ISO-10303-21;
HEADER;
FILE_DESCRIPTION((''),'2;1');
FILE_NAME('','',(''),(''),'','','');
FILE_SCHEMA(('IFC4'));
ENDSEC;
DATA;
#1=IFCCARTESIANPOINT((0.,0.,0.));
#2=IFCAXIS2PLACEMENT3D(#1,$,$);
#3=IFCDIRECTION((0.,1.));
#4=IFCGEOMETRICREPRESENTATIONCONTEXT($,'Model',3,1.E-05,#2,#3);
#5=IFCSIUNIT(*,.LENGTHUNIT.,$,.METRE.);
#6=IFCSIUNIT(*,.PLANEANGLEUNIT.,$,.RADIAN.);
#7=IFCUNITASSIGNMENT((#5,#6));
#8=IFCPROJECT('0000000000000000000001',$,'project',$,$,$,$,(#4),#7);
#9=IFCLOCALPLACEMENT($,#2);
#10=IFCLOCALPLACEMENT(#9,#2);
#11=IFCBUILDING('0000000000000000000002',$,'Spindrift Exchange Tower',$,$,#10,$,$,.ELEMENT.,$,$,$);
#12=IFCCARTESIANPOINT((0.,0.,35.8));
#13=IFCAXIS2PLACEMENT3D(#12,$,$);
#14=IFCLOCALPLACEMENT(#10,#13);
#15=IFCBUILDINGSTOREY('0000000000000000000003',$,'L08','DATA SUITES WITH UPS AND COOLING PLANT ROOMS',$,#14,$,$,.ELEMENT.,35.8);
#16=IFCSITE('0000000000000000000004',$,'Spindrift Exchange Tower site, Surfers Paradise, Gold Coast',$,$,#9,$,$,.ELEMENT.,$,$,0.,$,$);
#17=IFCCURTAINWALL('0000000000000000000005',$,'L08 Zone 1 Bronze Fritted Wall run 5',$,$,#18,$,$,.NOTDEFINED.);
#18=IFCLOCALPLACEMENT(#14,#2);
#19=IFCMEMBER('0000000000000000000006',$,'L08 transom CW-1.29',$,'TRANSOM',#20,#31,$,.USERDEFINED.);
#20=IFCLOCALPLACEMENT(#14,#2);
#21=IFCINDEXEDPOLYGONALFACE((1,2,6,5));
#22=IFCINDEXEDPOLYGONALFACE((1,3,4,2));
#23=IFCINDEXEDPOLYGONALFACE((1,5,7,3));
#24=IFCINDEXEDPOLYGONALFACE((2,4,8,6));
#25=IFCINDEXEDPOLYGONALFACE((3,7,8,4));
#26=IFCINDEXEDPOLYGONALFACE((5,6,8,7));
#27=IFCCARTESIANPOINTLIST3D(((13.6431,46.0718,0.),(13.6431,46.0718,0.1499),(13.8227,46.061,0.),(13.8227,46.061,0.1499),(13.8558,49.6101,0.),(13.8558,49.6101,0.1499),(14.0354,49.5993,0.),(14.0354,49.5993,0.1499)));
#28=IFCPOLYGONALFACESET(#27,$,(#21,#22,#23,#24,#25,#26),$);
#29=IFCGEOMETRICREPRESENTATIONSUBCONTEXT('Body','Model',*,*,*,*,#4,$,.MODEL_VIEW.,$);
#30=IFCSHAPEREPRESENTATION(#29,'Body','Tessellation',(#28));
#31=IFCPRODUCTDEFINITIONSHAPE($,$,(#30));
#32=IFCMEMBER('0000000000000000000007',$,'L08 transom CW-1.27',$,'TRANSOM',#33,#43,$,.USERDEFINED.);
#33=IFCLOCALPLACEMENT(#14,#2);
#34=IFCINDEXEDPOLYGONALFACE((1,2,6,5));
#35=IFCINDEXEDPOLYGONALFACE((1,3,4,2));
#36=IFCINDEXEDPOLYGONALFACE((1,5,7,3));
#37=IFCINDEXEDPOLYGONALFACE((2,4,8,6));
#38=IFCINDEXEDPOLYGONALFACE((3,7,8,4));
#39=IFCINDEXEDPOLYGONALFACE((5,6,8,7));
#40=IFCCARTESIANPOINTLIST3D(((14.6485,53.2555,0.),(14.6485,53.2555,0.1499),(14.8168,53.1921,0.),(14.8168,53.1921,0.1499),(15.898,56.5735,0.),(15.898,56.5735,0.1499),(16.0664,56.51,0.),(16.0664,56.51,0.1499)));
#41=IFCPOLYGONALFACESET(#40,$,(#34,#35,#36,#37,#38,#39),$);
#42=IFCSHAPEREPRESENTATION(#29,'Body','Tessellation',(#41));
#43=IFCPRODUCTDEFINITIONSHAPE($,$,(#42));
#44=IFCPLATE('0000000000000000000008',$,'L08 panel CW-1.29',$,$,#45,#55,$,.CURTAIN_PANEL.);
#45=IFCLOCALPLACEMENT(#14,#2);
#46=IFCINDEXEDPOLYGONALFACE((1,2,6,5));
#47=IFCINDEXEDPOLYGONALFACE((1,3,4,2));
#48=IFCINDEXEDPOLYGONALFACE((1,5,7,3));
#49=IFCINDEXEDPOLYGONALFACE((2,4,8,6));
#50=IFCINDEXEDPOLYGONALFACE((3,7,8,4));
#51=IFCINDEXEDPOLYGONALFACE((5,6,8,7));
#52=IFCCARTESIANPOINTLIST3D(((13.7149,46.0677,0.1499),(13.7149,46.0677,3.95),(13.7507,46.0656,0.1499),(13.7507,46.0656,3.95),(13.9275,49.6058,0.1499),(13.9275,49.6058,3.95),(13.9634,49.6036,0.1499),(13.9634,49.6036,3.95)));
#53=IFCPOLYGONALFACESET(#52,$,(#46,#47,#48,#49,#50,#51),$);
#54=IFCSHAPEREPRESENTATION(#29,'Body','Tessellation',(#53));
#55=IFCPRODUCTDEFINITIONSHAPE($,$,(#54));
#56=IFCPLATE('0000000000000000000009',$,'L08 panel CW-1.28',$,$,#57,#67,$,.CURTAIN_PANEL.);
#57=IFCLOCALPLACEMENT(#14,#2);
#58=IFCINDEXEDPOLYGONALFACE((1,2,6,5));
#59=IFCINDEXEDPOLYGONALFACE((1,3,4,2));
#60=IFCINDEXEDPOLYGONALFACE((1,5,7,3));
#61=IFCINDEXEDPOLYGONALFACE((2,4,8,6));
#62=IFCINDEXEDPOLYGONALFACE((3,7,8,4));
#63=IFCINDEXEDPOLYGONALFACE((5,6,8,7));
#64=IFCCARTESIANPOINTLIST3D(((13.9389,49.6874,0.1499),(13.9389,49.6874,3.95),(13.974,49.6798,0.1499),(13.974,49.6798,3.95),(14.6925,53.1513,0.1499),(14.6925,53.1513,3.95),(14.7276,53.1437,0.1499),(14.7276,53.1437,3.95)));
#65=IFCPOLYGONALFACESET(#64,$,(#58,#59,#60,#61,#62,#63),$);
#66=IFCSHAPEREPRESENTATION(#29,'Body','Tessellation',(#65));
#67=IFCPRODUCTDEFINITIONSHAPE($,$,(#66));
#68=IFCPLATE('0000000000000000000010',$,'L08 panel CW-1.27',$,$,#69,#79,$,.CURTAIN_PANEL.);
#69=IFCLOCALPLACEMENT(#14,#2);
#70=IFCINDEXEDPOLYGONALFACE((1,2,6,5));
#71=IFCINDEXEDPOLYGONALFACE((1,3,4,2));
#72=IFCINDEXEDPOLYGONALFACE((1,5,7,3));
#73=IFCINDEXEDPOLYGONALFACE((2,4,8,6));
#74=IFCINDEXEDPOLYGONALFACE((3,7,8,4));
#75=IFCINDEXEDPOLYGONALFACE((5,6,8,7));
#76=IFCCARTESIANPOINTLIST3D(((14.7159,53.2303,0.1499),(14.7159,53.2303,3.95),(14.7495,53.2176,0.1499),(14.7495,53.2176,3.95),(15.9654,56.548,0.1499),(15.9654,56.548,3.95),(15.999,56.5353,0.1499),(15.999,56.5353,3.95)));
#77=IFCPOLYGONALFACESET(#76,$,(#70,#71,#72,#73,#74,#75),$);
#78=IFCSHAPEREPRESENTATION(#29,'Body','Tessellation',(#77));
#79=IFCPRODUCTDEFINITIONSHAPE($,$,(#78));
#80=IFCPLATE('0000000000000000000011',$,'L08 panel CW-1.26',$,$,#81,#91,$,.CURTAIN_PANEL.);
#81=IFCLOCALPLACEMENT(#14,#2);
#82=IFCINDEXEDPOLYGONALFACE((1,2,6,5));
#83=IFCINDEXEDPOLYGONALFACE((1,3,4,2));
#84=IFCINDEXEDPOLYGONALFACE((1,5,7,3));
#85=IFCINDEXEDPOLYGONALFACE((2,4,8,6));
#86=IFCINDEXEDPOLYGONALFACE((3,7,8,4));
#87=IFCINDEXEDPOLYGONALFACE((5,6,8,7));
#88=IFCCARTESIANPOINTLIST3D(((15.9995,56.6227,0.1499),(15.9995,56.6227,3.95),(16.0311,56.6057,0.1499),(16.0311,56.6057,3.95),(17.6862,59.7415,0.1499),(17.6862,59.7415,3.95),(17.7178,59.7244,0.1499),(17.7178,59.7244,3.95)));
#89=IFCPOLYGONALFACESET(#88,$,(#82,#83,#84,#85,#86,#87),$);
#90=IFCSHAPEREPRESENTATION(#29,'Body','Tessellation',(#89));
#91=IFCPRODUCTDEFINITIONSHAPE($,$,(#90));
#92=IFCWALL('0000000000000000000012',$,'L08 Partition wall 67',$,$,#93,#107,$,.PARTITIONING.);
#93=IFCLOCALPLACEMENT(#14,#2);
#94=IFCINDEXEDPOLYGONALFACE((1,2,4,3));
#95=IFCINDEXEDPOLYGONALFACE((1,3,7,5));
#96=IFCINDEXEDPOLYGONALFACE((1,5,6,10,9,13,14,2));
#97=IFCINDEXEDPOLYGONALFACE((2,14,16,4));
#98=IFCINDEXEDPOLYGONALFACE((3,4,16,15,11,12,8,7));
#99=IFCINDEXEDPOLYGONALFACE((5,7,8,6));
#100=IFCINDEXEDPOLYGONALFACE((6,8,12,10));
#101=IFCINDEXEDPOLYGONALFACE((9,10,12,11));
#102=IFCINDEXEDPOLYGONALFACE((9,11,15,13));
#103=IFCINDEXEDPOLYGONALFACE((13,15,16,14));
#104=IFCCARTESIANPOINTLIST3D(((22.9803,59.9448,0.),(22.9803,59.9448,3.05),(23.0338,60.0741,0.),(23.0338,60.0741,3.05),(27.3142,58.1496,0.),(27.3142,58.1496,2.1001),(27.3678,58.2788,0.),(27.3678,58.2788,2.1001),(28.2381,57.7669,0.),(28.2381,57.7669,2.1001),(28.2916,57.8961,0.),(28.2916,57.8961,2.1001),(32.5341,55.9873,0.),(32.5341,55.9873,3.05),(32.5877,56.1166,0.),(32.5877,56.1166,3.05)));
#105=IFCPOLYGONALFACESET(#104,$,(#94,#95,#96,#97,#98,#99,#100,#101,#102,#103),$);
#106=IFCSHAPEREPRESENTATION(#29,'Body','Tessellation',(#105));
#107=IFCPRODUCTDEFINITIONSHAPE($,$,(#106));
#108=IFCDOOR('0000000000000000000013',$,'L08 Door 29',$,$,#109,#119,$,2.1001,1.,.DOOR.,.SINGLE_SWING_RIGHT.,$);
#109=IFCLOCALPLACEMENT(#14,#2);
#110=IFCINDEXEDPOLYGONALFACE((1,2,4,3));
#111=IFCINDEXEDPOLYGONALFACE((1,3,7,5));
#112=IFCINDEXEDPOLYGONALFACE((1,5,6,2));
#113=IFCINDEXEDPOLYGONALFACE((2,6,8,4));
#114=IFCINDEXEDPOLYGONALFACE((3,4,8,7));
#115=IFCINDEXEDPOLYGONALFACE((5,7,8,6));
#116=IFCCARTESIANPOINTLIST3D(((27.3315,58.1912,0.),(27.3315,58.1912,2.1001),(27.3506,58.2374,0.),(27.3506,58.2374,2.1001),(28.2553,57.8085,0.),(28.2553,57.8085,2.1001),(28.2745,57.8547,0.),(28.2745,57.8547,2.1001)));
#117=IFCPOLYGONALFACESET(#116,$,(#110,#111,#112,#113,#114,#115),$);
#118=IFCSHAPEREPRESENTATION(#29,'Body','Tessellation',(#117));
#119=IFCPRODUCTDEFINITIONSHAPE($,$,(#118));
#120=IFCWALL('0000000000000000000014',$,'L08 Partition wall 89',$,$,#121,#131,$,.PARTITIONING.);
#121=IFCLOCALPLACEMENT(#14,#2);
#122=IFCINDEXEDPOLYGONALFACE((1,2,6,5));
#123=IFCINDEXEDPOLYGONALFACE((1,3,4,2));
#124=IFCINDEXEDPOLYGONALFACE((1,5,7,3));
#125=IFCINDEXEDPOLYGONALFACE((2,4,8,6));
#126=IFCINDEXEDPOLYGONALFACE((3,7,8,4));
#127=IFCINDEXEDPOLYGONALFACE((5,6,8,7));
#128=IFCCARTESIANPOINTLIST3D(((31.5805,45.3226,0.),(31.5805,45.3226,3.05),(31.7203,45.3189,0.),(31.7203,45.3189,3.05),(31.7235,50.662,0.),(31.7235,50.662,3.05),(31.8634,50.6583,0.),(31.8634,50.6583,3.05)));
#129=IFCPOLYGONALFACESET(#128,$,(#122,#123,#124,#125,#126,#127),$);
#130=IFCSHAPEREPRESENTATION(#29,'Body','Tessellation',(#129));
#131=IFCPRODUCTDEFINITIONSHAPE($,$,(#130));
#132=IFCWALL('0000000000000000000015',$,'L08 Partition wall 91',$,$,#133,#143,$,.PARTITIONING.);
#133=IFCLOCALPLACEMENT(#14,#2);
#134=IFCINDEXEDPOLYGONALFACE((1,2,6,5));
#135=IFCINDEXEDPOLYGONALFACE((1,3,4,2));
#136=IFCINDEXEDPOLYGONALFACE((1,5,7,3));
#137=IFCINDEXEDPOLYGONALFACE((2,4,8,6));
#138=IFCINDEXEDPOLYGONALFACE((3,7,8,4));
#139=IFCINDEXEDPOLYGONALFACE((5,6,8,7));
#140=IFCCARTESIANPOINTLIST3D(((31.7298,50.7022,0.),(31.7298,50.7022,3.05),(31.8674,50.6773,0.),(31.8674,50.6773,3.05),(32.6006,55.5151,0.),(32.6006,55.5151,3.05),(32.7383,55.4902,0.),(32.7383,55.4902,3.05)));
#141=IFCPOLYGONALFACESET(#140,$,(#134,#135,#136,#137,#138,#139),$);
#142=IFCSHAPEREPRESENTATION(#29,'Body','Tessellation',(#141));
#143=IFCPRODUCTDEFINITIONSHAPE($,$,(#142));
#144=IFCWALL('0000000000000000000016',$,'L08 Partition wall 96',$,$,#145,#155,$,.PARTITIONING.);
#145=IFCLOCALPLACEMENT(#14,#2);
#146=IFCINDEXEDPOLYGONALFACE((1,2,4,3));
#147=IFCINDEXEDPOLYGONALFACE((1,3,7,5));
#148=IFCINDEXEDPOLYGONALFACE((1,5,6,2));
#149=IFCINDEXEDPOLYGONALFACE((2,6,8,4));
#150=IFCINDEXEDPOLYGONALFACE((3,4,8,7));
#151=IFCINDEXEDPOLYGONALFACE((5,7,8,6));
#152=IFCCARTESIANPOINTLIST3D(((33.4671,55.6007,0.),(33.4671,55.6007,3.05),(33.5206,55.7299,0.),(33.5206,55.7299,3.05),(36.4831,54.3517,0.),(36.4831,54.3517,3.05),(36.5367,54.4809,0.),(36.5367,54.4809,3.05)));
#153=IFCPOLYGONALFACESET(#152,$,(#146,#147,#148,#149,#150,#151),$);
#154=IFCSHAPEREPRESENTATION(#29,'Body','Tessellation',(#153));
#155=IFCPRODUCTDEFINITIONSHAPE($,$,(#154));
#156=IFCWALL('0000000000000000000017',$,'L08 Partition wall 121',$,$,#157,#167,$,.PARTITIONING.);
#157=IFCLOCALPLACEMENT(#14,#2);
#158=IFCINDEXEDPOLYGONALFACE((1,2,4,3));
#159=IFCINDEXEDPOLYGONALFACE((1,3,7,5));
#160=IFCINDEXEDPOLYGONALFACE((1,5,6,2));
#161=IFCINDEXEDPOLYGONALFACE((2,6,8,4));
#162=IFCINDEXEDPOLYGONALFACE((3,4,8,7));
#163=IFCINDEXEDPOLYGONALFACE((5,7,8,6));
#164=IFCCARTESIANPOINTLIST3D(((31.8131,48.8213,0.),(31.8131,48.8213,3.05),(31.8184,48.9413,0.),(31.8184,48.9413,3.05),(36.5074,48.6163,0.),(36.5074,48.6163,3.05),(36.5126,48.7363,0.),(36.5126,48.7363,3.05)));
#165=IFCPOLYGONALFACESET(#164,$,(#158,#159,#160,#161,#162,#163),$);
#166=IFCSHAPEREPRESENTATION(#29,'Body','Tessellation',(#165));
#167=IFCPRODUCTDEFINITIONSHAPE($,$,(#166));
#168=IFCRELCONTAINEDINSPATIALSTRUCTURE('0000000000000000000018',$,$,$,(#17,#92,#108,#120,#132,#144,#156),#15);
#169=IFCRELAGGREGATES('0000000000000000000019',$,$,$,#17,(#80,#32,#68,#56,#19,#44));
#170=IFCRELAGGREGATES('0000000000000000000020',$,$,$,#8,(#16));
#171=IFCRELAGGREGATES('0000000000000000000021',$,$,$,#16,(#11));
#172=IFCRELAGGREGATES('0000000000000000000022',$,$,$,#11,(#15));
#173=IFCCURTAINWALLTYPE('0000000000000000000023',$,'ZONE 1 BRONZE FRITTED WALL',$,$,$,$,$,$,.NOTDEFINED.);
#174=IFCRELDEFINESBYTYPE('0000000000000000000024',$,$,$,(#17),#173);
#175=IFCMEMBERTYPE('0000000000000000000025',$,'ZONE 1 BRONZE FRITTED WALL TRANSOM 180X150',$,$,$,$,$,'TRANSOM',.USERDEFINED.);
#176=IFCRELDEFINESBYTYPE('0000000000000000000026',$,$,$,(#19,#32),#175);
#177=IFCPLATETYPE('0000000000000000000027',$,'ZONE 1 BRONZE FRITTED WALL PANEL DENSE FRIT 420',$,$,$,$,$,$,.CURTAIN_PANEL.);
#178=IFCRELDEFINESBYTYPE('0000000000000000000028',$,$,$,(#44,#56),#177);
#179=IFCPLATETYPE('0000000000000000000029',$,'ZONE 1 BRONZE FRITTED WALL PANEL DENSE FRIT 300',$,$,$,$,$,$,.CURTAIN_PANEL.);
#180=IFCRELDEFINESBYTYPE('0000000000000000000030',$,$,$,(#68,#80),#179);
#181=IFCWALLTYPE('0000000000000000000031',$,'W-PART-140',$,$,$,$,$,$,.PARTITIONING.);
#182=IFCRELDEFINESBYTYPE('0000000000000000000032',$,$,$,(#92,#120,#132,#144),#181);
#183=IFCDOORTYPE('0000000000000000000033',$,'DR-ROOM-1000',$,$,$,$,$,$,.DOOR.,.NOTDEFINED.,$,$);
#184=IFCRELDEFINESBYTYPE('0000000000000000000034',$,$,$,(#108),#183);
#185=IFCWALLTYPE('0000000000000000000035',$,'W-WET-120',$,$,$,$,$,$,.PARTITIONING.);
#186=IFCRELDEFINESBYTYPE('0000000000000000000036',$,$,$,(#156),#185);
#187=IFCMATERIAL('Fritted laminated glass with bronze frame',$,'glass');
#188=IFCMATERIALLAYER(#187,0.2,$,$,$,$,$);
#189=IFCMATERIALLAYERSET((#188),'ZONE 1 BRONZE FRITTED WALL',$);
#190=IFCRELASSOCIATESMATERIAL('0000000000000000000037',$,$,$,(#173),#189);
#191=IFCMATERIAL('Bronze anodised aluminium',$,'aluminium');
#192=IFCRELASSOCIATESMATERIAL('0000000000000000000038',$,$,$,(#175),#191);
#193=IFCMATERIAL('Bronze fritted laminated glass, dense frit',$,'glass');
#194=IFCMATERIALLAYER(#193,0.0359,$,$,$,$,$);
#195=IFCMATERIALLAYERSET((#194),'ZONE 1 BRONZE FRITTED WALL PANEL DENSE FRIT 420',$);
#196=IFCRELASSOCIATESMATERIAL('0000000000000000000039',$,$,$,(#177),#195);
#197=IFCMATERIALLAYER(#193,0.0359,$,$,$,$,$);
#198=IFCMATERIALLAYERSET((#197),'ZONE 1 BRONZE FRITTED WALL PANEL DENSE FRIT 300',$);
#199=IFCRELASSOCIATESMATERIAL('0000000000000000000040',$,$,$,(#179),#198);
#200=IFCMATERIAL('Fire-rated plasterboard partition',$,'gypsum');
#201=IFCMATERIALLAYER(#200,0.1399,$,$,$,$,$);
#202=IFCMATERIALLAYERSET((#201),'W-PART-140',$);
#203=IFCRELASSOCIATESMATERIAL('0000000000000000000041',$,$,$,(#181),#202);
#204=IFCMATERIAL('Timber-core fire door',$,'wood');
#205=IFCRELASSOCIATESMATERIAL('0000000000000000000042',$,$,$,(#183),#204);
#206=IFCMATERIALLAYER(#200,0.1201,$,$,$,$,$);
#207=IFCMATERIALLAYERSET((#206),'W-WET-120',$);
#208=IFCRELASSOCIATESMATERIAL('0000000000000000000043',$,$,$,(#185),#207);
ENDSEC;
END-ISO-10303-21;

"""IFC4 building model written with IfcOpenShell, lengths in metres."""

from ifc_helpers import new_model, si_unit, direction, frame, frame_2d, origin, origin_2d, place, context, subcontext, project, spatial, rectangle, extrude, source, transform, mapped, material, layer, layer_set, material_profile, profile_set, type_object, element, fill, aggregate, save


model = new_model("IFC4")

# Units and contexts
model_context = context("Model", 3, precision=1e-05, world=origin(), true_north=direction((0.0, 1.0)))
body_context = subcontext(model_context, "Body", "Model", "MODEL_VIEW")
ifc_project = project(units=[si_unit("LENGTHUNIT", "METRE"), si_unit("PLANEANGLEUNIT", "RADIAN")], contexts=[model_context])

# Site, building, storey
site_placement = place(None, origin())
site = spatial("IfcSite", under=ifc_project, at=site_placement, Name="Spindrift Exchange Tower site, Surfers Paradise, Gold Coast", CompositionType="ELEMENT", RefElevation=0.0)
building_placement = place(site_placement, origin())
building = spatial("IfcBuilding", under=site, at=building_placement, Name="Spindrift Exchange Tower", CompositionType="ELEMENT")
storey_placement = place(building_placement, frame((0.0, 0.0, 35.8)))
storey = spatial("IfcBuildingStorey", under=building, at=storey_placement, Name="L08", Description="DATA SUITES WITH UPS AND COOLING PLANT ROOMS", CompositionType="ELEMENT", Elevation=35.8)

# Curtain wall, members, plates
ifc_material_1 = material(Name="Fritted laminated glass with bronze frame", Category="glass")
ifc_layer_1 = layer(ifc_material_1, 0.2)
ifc_layer_set_1 = layer_set([ifc_layer_1], Name="ZONE 1 BRONZE FRITTED WALL")
curtain_wall_type = type_object("IfcCurtainWallType", Name="ZONE 1 BRONZE FRITTED WALL", PredefinedType="NOTDEFINED", material=ifc_layer_set_1)
curtain_wall_placement = place(storey_placement, origin())
curtain_wall = element("IfcCurtainWall", 1, at=curtain_wall_placement, inside=storey, type_object=curtain_wall_type, Name="L08 Zone 1 Bronze Fritted Wall run 5", PredefinedType="NOTDEFINED")
ifc_material_2 = material(Name="Bronze anodised aluminium", Category="aluminium")
ifc_material_profile_1 = material_profile(ifc_material_2, rectangle(XDim=0.1799, YDim=0.1499, at=origin_2d()), Name="ZONE 1 BRONZE FRITTED WALL TRANSOM 180X150")
ifc_profile_set_1 = profile_set([ifc_material_profile_1], Name="Bronze anodised aluminium")
member_type_1 = type_object("IfcMemberType", Name="ZONE 1 BRONZE FRITTED WALL TRANSOM 180X150", ElementType="TRANSOM", PredefinedType="USERDEFINED", material=ifc_profile_set_1)
shared_shape_1 = source(origin(), body_context, "Body", "SweptSolid", [
    extrude(rectangle(XDim=0.1799, YDim=0.1499, at=origin_2d()), origin(), (0.0, 0.0, 1.0), 3.5447),
])
member_1_placement = place(storey_placement, frame((13.9456, 49.6047, 0.075), z_axis=(-0.05999, -0.998199, 0.0), x_axis=(0.998199, -0.05999, 0.0)))
member_1 = element("IfcMember", 2, at=member_1_placement, type_object=member_type_1, Name="L08 transom CW-1.29", ObjectType="TRANSOM", PredefinedType="USERDEFINED", context=body_context, shape_type="MappedRepresentation", body=[
    mapped(shared_shape_1, transform((0.0, 0.0, 0.0), scale=1.0)),
])
shared_shape_2 = source(origin(), body_context, "Body", "SweptSolid", [
    extrude(rectangle(XDim=0.1799, YDim=0.1499, at=origin_2d()), origin(), (0.0, 0.0, 1.0), 3.5454),
])
member_2_placement = place(storey_placement, frame((15.9822, 56.5417, 0.075), z_axis=(-0.352436, -0.935836, 0.0), x_axis=(0.935836, -0.352436, 0.0)))
member_2 = element("IfcMember", 3, at=member_2_placement, type_object=member_type_1, Name="L08 transom CW-1.27", ObjectType="TRANSOM", PredefinedType="USERDEFINED", context=body_context, shape_type="MappedRepresentation", body=[
    mapped(shared_shape_2, transform((0.0, 0.0, 0.0), scale=1.0)),
])
ifc_material_3 = material(Name="Bronze fritted laminated glass, dense frit", Category="glass")
ifc_layer_2 = layer(ifc_material_3, 0.0359)
ifc_layer_set_2 = layer_set([ifc_layer_2], Name="ZONE 1 BRONZE FRITTED WALL PANEL DENSE FRIT 420")
plate_type_1 = type_object("IfcPlateType", Name="ZONE 1 BRONZE FRITTED WALL PANEL DENSE FRIT 420", PredefinedType="CURTAIN_PANEL", material=ifc_layer_set_2)
shared_shape_3 = source(origin(), body_context, "Body", "SweptSolid", [
    extrude(rectangle(XDim=3.5444, YDim=0.0359, at=origin_2d()), origin(), (0.0, 0.0, 1.0), 3.8),
])
plate_1_placement = place(storey_placement, frame((13.8391, 47.8357, 0.1499), z_axis=(0.0, 0.0, 1.0), x_axis=(-0.060008, -0.998198, 0.0)))
plate_1 = element("IfcPlate", 4, at=plate_1_placement, type_object=plate_type_1, Name="L08 panel CW-1.29", PredefinedType="CURTAIN_PANEL", context=body_context, shape_type="MappedRepresentation", body=[
    mapped(shared_shape_3, transform((0.0, 0.0, 0.0), scale=1.0)),
])
shared_shape_4 = source(origin(), body_context, "Body", "SweptSolid", [
    extrude(rectangle(XDim=3.5449, YDim=0.0359, at=origin_2d()), origin(), (0.0, 0.0, 1.0), 3.8),
])
plate_2_placement = place(storey_placement, frame((14.3333, 51.4155, 0.1499), z_axis=(0.0, 0.0, 1.0), x_axis=(-0.212594, -0.977141, 0.0)))
plate_2 = element("IfcPlate", 5, at=plate_2_placement, type_object=plate_type_1, Name="L08 panel CW-1.28", PredefinedType="CURTAIN_PANEL", context=body_context, shape_type="MappedRepresentation", body=[
    mapped(shared_shape_4, transform((0.0, 0.0, 0.0), scale=1.0)),
])
ifc_layer_3 = layer(ifc_material_3, 0.0359)
ifc_layer_set_3 = layer_set([ifc_layer_3], Name="ZONE 1 BRONZE FRITTED WALL PANEL DENSE FRIT 300")
plate_type_2 = type_object("IfcPlateType", Name="ZONE 1 BRONZE FRITTED WALL PANEL DENSE FRIT 300", PredefinedType="CURTAIN_PANEL", material=ifc_layer_set_3)
shared_shape_5 = source(origin(), body_context, "Body", "SweptSolid", [
    extrude(rectangle(XDim=3.5452, YDim=0.0359, at=origin_2d()), origin(), (0.0, 0.0, 1.0), 3.8),
])
plate_3_placement = place(storey_placement, frame((15.3574, 54.8828, 0.1499), z_axis=(0.0, 0.0, 1.0), x_axis=(-0.352448, -0.935832, 0.0)))
plate_3 = element("IfcPlate", 6, at=plate_3_placement, type_object=plate_type_2, Name="L08 panel CW-1.27", PredefinedType="CURTAIN_PANEL", context=body_context, shape_type="MappedRepresentation", body=[
    mapped(shared_shape_5, transform((0.0, 0.0, 0.0), scale=1.0)),
])
shared_shape_6 = source(origin(), body_context, "Body", "SweptSolid", [
    extrude(rectangle(XDim=3.5457, YDim=0.0359, at=origin_2d()), origin(), (0.0, 0.0, 1.0), 3.8),
])
plate_4_placement = place(storey_placement, frame((16.8586, 58.1736, 0.1499), z_axis=(0.0, 0.0, 1.0), x_axis=(-0.475722, -0.879595, 0.0)))
plate_4 = element("IfcPlate", 7, at=plate_4_placement, type_object=plate_type_2, Name="L08 panel CW-1.26", PredefinedType="CURTAIN_PANEL", context=body_context, shape_type="MappedRepresentation", body=[
    mapped(shared_shape_6, transform((0.0, 0.0, 0.0), scale=1.0)),
])
aggregate(curtain_wall, [plate_4, member_2, plate_3, plate_2, member_1, plate_1])

# Wall, opening, door
ifc_material_4 = material(Name="Fire-rated plasterboard partition", Category="gypsum")
ifc_layer_4 = layer(ifc_material_4, 0.1399)
ifc_layer_set_4 = layer_set([ifc_layer_4], Name="W-PART-140")
wall_type_1 = type_object("IfcWallType", Name="W-PART-140", PredefinedType="PARTITIONING", material=ifc_layer_set_4)
wall_1_placement = place(storey_placement, frame((32.5608, 56.052, 0.0), z_axis=(0.0, 0.0, 1.0), x_axis=(-0.923875, 0.382695, 0.0)))
wall_1 = element("IfcWall", 8, at=wall_1_placement, inside=storey, type_object=wall_type_1, Name="L08 Partition wall 67", PredefinedType="PARTITIONING", context=body_context, shape_type="SweptSolid", body=[
    extrude(rectangle(XDim=10.3411, YDim=0.1399, at=frame_2d((5.1704, 0.0))), origin(), (0.0, 0.0, 1.0), 3.05),
])
opening_placement = place(wall_1_placement, frame((4.6499, 0.0, 0.0)))
opening = element("IfcOpeningElement", 9, at=opening_placement, cuts=wall_1, PredefinedType="OPENING", context=body_context, shape_type="SweptSolid", body=[
    extrude(rectangle(XDim=1.0, YDim=2.1001, at=frame_2d((0.5, 1.05))), frame((0.0, 0.0798, 0.0), z_axis=(0.0, -1.0, 0.0), x_axis=(1.0, 0.0, 0.0)), (0.0, 0.0, 1.0), 0.1599),
])
ifc_material_5 = material(Name="Timber-core fire door", Category="wood")
door_type = type_object("IfcDoorType", Name="DR-ROOM-1000", OperationType="NOTDEFINED", PredefinedType="DOOR", material=ifc_material_5)
shared_shape_7 = source(origin(), body_context, "Body", "SweptSolid", [
    extrude(rectangle(XDim=1.0, YDim=2.1001, at=frame_2d((0.5, 1.05))), frame((0.0, 0.0249, 0.0), z_axis=(0.0, -1.0, 0.0), x_axis=(1.0, 0.0, 0.0)), (0.0, 0.0, 1.0), 0.05),
])
door_placement = place(opening_placement, origin())
door = element("IfcDoor", 10, at=door_placement, inside=storey, type_object=door_type, Name="L08 Door 29", OperationType="SINGLE_SWING_RIGHT", OverallHeight=2.1001, OverallWidth=1.0, PredefinedType="DOOR", context=body_context, shape_type="MappedRepresentation", body=[
    mapped(shared_shape_7, transform((0.0, 0.0, 0.0), scale=1.0)),
])
fill(opening, door)

# Walls
wall_2_placement = place(storey_placement, frame((31.7935, 50.6602, 0.0), z_axis=(0.0, 0.0, 1.0), x_axis=(-0.026785, -0.999641, 0.0)))
element("IfcWall", 11, at=wall_2_placement, inside=storey, type_object=wall_type_1, Name="L08 Partition wall 89", PredefinedType="PARTITIONING", context=body_context, shape_type="SweptSolid", body=[
    extrude(rectangle(XDim=5.3413, YDim=0.1399, at=frame_2d((2.6707, 0.0))), origin(), (0.0, 0.0, 1.0), 3.05),
])
wall_3_placement = place(storey_placement, frame((32.6694, 55.5027, 0.0), z_axis=(0.0, 0.0, 1.0), x_axis=(-0.178046, -0.984022, 0.0)))
element("IfcWall", 12, at=wall_3_placement, inside=storey, type_object=wall_type_1, Name="L08 Partition wall 91", PredefinedType="PARTITIONING", context=body_context, shape_type="SweptSolid", body=[
    extrude(rectangle(XDim=4.8911, YDim=0.1399, at=frame_2d((2.4456, 0.0))), origin(), (0.0, 0.0, 1.0), 3.05),
])
wall_4_placement = place(storey_placement, frame((36.51, 54.4163, 0.0), z_axis=(0.0, 0.0, 1.0), x_axis=(-0.923911, 0.382607, 0.0)))
element("IfcWall", 13, at=wall_4_placement, inside=storey, type_object=wall_type_1, Name="L08 Partition wall 96", PredefinedType="PARTITIONING", context=body_context, shape_type="SweptSolid", body=[
    extrude(rectangle(XDim=3.2644, YDim=0.1399, at=frame_2d((1.6323, 0.0))), origin(), (0.0, 0.0, 1.0), 3.05),
])
ifc_layer_5 = layer(ifc_material_4, 0.1201)
ifc_layer_set_5 = layer_set([ifc_layer_5], Name="W-WET-120")
wall_type_2 = type_object("IfcWallType", Name="W-WET-120", PredefinedType="PARTITIONING", material=ifc_layer_set_5)
wall_5_placement = place(storey_placement, frame((36.51, 48.6763, 0.0), z_axis=(0.0, 0.0, 1.0), x_axis=(-0.999047, 0.043645, 0.0)))
element("IfcWall", 14, at=wall_5_placement, inside=storey, type_object=wall_type_2, Name="L08 Partition wall 121", PredefinedType="PARTITIONING", context=body_context, shape_type="SweptSolid", body=[
    extrude(rectangle(XDim=4.6987, YDim=0.1201, at=frame_2d((2.3494, 0.0))), origin(), (0.0, 0.0, 1.0), 3.05),
])

save(model, "model.ifc")
